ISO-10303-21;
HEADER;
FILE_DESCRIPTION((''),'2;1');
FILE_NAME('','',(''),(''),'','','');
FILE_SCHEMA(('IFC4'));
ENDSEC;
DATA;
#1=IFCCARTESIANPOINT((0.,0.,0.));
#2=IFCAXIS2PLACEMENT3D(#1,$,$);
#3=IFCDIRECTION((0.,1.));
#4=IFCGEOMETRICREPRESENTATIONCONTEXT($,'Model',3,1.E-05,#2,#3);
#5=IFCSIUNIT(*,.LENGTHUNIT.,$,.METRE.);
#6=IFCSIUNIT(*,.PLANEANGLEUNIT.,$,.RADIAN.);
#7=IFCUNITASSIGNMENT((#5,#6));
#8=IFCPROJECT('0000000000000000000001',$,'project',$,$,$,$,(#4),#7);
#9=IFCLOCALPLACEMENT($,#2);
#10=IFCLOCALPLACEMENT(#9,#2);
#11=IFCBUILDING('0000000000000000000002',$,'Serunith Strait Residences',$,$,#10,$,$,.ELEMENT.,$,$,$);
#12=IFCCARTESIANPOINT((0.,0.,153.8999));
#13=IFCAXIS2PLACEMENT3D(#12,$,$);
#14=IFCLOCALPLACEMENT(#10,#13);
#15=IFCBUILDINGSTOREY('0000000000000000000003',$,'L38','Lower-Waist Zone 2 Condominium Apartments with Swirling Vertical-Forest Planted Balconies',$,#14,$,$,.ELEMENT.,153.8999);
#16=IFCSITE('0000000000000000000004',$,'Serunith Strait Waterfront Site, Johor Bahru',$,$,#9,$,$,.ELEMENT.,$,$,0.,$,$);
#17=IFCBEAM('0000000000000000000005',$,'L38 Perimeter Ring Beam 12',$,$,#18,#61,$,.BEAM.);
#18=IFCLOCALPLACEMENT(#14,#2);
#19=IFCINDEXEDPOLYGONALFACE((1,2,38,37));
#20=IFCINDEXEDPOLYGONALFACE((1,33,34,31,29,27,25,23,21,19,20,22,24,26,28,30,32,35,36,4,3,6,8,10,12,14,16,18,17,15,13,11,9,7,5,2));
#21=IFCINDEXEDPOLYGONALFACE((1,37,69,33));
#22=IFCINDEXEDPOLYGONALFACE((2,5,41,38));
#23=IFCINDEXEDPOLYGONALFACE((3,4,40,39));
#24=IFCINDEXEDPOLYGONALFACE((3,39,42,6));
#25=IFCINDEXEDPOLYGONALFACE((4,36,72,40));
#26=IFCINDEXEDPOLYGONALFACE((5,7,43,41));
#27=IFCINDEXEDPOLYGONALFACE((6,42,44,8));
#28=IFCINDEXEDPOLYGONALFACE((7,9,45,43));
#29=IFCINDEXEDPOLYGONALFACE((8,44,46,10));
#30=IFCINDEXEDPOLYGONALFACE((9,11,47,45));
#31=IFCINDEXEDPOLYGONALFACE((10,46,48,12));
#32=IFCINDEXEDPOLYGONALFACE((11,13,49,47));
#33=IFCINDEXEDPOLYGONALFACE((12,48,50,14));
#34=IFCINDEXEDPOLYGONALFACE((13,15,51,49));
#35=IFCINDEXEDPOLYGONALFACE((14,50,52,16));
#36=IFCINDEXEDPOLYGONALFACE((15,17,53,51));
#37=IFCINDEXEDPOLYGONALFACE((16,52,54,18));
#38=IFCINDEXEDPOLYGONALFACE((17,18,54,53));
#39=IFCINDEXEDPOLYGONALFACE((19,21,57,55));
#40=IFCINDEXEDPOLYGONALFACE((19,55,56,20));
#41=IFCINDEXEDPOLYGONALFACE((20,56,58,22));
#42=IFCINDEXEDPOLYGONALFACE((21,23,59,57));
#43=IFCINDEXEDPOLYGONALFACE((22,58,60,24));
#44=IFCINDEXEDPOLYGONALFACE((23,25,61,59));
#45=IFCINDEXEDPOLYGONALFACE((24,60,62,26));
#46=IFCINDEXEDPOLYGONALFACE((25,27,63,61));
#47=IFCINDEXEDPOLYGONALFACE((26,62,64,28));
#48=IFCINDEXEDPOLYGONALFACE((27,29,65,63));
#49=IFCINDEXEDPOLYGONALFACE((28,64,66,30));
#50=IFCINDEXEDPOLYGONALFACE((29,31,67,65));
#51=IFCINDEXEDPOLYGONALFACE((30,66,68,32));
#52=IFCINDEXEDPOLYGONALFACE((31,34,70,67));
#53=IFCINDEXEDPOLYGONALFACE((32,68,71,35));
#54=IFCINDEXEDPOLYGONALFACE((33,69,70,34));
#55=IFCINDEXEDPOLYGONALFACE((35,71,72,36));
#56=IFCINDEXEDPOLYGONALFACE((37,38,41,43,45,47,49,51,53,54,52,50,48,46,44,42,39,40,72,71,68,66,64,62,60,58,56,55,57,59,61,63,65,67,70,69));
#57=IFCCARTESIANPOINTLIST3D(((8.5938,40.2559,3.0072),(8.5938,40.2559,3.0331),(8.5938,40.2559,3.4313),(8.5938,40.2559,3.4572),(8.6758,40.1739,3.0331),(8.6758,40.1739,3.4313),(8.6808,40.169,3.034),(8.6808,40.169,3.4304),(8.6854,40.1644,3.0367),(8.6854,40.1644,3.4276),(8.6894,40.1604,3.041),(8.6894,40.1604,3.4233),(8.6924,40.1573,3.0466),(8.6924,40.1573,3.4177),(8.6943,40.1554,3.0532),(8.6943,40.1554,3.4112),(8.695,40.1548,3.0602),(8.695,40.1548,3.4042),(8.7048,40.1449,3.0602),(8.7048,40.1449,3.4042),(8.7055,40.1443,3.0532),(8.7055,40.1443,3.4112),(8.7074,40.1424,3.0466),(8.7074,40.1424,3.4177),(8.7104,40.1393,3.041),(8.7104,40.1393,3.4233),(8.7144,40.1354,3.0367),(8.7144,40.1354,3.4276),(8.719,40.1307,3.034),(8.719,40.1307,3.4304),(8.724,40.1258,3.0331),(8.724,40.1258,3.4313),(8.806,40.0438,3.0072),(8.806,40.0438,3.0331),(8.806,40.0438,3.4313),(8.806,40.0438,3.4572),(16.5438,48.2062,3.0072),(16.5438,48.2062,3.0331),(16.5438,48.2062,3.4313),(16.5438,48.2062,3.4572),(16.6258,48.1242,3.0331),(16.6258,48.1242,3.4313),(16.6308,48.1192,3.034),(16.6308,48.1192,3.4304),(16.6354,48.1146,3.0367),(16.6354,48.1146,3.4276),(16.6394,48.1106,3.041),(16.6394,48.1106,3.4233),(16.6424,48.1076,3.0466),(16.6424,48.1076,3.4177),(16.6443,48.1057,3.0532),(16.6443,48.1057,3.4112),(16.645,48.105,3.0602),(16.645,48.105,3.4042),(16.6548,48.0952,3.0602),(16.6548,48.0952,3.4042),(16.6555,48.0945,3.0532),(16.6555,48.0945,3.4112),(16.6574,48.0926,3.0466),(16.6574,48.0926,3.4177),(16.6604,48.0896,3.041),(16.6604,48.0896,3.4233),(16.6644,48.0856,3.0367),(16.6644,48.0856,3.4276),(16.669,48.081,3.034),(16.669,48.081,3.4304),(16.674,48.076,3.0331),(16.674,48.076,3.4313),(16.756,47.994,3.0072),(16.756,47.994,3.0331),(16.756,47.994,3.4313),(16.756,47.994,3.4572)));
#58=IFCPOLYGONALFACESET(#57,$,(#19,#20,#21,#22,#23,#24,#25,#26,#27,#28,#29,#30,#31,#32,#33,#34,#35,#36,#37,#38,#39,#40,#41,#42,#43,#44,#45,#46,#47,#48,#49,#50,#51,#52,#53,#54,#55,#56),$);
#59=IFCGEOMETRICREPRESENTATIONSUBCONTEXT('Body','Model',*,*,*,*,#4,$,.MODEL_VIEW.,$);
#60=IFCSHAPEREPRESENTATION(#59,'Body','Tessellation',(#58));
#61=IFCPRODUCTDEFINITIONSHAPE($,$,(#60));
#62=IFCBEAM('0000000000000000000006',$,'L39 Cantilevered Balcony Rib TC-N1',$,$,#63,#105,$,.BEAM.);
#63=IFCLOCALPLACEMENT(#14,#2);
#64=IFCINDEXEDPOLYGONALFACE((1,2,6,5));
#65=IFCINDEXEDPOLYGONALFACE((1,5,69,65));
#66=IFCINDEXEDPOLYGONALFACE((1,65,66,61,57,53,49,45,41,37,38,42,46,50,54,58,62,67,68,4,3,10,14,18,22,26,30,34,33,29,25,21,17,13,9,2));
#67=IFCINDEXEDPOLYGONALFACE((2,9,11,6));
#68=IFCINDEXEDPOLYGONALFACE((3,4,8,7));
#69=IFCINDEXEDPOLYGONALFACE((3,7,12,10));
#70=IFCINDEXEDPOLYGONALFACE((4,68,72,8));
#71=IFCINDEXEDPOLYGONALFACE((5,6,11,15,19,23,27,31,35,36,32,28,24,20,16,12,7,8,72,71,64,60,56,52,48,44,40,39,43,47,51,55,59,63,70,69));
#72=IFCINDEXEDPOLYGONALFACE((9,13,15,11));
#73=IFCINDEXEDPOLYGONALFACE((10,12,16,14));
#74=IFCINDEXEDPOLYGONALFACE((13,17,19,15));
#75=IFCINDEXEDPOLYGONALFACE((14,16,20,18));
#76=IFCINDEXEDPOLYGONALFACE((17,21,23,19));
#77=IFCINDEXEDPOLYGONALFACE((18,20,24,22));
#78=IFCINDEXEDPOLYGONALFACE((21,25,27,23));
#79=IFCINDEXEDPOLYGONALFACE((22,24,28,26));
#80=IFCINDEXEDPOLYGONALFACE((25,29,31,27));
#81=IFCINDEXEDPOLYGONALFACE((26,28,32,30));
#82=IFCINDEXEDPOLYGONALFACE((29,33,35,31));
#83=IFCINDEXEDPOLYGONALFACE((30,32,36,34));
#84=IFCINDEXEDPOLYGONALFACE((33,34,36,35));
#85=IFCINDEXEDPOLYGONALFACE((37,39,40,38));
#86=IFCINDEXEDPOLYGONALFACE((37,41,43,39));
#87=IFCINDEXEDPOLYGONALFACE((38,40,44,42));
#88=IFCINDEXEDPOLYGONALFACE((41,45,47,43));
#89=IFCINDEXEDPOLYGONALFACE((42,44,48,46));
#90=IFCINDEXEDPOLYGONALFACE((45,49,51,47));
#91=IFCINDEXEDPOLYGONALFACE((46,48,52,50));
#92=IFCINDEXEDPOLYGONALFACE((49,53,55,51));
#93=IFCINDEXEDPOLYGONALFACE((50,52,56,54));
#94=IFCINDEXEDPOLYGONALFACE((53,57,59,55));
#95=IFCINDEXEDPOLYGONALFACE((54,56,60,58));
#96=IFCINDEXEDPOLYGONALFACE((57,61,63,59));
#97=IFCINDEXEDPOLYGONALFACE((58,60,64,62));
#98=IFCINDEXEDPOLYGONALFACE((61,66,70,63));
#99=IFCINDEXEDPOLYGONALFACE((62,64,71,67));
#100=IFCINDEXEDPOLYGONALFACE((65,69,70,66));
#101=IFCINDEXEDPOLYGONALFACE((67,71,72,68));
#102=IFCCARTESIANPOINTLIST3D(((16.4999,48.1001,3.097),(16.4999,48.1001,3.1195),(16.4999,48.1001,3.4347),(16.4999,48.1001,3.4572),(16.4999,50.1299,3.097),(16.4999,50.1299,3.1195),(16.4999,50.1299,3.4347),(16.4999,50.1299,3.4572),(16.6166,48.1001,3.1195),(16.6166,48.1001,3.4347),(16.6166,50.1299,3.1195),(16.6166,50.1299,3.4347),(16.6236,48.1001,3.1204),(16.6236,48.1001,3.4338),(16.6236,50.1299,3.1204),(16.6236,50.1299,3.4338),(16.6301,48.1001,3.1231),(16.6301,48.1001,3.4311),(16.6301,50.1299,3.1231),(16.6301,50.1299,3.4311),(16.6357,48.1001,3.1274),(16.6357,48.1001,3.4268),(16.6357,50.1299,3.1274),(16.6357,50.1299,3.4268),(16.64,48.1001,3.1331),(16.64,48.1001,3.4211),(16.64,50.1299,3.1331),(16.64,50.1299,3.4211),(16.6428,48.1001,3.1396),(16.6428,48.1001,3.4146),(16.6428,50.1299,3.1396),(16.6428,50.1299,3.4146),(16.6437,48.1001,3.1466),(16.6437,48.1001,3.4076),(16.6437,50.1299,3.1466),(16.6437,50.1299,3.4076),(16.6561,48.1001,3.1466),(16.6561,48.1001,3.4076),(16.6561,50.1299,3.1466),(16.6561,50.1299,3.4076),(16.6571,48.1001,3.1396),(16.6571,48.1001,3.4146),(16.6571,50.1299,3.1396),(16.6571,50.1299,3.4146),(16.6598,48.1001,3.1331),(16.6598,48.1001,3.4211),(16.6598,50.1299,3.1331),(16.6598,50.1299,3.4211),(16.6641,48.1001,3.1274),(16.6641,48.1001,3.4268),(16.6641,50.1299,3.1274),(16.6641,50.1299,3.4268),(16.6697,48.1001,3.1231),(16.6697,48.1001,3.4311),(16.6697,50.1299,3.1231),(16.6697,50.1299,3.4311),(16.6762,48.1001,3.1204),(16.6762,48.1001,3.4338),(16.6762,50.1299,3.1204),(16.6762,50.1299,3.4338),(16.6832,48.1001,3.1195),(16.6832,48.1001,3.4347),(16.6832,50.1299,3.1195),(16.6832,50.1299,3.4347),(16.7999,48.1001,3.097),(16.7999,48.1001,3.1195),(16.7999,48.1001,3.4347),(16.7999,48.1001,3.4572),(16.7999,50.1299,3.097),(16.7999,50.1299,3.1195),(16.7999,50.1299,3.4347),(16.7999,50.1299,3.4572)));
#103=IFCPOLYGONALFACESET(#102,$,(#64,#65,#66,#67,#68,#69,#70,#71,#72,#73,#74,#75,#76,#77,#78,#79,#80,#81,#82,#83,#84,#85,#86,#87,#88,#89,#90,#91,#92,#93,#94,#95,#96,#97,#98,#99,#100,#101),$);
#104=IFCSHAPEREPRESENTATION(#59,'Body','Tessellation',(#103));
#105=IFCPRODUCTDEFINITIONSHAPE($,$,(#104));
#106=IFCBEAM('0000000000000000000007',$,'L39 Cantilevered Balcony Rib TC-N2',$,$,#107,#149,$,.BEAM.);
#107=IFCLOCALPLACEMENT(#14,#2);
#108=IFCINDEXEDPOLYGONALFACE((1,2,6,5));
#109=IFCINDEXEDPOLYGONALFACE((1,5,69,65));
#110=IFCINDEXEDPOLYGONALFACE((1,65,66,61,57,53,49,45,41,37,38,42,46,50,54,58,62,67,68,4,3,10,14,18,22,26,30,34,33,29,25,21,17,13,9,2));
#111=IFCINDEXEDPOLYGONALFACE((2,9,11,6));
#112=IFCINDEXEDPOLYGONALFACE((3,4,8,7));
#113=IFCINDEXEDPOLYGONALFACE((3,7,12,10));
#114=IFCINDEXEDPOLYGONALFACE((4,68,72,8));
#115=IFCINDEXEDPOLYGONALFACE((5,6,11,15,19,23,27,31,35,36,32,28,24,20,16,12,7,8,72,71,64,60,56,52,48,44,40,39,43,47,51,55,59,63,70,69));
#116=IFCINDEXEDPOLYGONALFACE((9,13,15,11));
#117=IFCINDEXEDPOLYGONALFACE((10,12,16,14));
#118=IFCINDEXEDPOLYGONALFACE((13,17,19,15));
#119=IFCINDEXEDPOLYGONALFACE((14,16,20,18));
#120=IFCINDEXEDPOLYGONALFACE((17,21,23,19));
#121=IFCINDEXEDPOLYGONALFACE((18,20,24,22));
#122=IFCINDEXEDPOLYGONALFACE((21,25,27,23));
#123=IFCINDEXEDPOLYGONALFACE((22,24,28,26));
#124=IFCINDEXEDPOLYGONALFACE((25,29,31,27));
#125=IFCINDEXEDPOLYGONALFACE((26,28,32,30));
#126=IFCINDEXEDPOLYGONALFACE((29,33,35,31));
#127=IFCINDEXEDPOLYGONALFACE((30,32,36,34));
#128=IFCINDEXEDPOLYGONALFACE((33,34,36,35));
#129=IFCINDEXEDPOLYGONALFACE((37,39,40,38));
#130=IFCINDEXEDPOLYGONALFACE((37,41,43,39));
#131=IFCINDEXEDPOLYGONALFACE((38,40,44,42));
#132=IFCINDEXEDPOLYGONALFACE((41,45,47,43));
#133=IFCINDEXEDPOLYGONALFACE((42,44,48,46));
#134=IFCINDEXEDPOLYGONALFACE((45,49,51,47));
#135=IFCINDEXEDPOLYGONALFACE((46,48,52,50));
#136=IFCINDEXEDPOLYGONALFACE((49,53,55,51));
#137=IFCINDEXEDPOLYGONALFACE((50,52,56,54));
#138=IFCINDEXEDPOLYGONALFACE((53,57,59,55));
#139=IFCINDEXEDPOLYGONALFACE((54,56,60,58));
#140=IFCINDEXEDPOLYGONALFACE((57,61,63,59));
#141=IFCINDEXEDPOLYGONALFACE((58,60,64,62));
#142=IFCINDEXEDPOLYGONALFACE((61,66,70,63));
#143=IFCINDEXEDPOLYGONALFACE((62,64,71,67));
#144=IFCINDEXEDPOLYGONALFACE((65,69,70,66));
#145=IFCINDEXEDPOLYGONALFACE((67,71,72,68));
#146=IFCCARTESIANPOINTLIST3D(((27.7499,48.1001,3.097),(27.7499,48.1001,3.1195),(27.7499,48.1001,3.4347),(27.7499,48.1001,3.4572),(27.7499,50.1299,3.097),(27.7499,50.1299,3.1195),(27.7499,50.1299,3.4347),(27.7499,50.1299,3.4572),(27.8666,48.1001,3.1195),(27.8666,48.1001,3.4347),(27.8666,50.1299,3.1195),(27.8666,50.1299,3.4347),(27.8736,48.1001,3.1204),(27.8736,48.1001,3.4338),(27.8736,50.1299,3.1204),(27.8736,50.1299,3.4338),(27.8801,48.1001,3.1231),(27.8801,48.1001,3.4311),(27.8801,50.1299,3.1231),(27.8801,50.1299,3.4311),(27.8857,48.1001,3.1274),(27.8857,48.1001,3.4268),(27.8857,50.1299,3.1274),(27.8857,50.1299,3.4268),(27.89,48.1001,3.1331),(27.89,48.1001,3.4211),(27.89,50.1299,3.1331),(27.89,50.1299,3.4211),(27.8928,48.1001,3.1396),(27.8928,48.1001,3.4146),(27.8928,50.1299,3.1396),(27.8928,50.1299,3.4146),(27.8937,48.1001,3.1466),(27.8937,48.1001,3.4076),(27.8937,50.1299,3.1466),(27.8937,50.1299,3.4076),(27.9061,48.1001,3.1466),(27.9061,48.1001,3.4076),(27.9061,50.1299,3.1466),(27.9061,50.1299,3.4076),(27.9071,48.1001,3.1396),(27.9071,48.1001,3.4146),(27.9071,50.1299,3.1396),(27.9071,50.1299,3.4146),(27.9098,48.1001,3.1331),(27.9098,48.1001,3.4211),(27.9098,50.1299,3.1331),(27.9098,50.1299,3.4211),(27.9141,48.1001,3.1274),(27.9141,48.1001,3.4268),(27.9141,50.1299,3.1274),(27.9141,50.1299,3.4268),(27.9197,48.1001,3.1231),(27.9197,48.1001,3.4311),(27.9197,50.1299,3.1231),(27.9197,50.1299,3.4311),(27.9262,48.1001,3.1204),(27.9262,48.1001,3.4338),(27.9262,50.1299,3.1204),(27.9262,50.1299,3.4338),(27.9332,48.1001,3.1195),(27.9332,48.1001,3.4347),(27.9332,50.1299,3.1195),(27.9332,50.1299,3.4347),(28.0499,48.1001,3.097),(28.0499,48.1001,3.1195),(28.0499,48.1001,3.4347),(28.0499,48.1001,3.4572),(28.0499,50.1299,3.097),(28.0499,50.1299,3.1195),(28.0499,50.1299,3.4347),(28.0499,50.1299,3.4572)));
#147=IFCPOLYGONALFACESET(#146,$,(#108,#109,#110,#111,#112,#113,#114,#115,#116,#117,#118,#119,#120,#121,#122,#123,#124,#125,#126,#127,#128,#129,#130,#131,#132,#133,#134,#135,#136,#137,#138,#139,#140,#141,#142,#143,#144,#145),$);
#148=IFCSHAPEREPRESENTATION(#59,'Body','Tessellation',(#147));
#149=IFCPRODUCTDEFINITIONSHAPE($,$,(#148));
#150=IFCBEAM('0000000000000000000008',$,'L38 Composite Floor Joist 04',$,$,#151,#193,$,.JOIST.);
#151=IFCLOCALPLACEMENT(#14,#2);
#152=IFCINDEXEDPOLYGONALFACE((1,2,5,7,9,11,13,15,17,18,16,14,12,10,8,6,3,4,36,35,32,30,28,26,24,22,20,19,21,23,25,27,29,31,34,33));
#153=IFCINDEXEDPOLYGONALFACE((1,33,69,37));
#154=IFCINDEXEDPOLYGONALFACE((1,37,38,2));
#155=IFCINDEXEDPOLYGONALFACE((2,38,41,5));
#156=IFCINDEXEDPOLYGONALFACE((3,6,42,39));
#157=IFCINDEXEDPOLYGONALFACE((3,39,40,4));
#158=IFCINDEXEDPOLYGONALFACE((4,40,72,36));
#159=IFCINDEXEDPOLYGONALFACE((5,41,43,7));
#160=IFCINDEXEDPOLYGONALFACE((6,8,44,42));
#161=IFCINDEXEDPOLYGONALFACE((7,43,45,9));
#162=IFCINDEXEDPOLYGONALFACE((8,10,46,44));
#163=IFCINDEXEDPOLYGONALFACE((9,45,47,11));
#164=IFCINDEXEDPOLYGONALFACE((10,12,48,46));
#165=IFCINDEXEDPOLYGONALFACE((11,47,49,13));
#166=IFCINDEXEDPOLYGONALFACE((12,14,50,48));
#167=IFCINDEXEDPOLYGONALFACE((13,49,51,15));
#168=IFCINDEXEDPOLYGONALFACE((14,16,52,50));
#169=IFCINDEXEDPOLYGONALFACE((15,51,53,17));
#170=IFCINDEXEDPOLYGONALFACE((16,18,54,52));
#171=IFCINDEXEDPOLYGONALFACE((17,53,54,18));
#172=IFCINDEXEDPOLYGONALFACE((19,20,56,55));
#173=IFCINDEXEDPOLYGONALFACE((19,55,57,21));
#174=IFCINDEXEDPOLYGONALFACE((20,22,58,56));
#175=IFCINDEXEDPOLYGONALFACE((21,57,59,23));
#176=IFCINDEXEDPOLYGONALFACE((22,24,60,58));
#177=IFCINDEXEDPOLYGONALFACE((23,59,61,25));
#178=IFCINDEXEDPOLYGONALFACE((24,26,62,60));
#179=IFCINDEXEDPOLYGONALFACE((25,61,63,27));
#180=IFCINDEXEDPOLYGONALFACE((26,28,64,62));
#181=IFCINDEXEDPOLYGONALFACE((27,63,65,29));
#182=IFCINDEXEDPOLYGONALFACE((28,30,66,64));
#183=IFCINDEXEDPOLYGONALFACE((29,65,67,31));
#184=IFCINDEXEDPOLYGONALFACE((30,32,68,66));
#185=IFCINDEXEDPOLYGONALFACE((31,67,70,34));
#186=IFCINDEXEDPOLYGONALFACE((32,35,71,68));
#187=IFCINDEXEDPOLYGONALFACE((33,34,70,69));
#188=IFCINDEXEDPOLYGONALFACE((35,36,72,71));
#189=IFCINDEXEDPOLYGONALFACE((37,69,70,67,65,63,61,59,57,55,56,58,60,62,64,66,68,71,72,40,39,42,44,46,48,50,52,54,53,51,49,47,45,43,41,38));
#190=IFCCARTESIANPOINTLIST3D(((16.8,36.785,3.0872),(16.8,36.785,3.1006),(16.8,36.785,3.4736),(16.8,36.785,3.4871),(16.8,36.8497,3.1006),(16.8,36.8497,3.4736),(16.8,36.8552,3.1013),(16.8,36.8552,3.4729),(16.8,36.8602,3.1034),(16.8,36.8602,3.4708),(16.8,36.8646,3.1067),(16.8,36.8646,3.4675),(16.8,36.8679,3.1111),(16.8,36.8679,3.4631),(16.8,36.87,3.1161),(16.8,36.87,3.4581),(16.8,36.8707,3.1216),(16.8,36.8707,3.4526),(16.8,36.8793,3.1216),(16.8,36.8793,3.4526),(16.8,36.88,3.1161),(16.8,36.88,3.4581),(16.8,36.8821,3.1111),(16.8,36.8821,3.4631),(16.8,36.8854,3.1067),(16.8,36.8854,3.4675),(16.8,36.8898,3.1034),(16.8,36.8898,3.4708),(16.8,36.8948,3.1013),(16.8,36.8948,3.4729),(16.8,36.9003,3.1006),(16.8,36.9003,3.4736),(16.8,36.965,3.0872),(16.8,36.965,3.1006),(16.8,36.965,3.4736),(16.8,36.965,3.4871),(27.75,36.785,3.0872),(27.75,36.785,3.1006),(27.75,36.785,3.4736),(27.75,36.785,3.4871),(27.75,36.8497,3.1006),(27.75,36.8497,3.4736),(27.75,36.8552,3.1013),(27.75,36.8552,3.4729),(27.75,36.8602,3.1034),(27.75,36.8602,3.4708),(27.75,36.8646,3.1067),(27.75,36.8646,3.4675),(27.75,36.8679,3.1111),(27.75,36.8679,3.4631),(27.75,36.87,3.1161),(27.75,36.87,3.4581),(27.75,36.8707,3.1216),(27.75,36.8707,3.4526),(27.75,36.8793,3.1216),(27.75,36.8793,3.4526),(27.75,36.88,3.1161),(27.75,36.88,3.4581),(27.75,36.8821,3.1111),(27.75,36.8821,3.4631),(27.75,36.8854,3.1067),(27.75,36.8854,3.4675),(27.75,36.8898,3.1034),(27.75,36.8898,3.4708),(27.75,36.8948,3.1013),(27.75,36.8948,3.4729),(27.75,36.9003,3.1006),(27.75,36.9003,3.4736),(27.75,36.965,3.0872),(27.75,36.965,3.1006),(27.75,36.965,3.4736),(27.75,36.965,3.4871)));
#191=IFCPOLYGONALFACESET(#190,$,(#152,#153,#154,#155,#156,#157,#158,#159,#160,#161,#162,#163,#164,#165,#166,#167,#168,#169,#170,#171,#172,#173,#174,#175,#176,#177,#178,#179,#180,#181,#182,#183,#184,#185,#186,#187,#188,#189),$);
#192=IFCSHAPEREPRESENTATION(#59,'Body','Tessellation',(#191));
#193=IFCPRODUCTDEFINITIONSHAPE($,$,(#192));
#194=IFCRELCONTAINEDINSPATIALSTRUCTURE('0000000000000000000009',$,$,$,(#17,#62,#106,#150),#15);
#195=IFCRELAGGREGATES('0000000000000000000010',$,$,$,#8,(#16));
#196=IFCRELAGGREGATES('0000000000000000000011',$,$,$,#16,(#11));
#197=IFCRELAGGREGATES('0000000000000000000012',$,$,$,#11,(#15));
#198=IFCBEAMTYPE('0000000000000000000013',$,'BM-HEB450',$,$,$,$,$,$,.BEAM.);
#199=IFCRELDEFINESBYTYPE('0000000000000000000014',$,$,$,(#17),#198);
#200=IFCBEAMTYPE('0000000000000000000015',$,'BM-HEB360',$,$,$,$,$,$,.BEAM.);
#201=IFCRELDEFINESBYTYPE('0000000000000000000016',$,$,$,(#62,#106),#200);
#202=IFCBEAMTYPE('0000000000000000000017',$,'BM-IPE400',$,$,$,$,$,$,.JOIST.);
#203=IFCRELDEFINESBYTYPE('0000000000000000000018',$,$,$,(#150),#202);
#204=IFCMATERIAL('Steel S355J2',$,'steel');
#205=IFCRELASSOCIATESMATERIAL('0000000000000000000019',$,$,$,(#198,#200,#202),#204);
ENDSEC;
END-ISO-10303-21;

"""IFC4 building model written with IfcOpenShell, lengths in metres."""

from ifc_helpers import new_model, si_unit, direction, frame, origin, origin_2d, place, context, subcontext, project, spatial, i_section, extrude, source, transform, mapped, material, material_profile, profile_set, type_object, element, save


model = new_model("IFC4")

# Units and contexts
model_context = context("Model", 3, precision=1e-05, world=origin(), true_north=direction((0.0, 1.0)))
body_context = subcontext(model_context, "Body", "Model", "MODEL_VIEW")
ifc_project = project(units=[si_unit("LENGTHUNIT", "METRE"), si_unit("PLANEANGLEUNIT", "RADIAN")], contexts=[model_context])

# Site, building, storey
site_placement = place(None, origin())
site = spatial("IfcSite", under=ifc_project, at=site_placement, Name="Serunith Strait Waterfront Site, Johor Bahru", CompositionType="ELEMENT", RefElevation=0.0)
building_placement = place(site_placement, origin())
building = spatial("IfcBuilding", under=site, at=building_placement, Name="Serunith Strait Residences", CompositionType="ELEMENT")
storey_placement = place(building_placement, frame((0.0, 0.0, 153.8999)))
storey = spatial("IfcBuildingStorey", under=building, at=storey_placement, Name="L38", Description="Lower-Waist Zone 2 Condominium Apartments with Swirling Vertical-Forest Planted Balconies", CompositionType="ELEMENT", Elevation=153.8999)

# Beams
ifc_material_1 = material(Name="Steel S355J2", Category="steel")
ifc_material_profile_1 = material_profile(ifc_material_1, i_section(OverallWidth=0.3, OverallDepth=0.45, WebThickness=0.0139, FlangeThickness=0.0259, FilletRadius=0.0271, at=origin_2d()), Name="HEB 450")
ifc_profile_set_1 = profile_set([ifc_material_profile_1], Name="Steel S355J2")
beam_type_1 = type_object("IfcBeamType", Name="BM-HEB450", PredefinedType="BEAM", material=ifc_profile_set_1)
shared_shape_1 = source(origin(), body_context, "Body", "SweptSolid", [
    extrude(i_section(OverallWidth=0.3, OverallDepth=0.45, WebThickness=0.0139, FlangeThickness=0.0259, FilletRadius=0.0271, at=origin_2d()), origin(), (0.0, 0.0, 1.0), 11.2432),
])
beam_1_placement = place(storey_placement, frame((16.6499, 48.1001, 3.2322), z_axis=(-0.707096, -0.707118, 0.0), x_axis=(0.707118, -0.707096, 0.0)))
element("IfcBeam", 1, at=beam_1_placement, inside=storey, type_object=beam_type_1, Name="L38 Perimeter Ring Beam 12", PredefinedType="BEAM", context=body_context, shape_type="MappedRepresentation", body=[
    mapped(shared_shape_1, transform((0.0, 0.0, 0.0), scale=1.0)),
])
ifc_material_profile_2 = material_profile(ifc_material_1, i_section(OverallWidth=0.3, OverallDepth=0.3601, WebThickness=0.0125, FlangeThickness=0.0225, FilletRadius=0.0271, at=origin_2d()), Name="HEB 360")
ifc_profile_set_2 = profile_set([ifc_material_profile_2], Name="Steel S355J2")
beam_type_2 = type_object("IfcBeamType", Name="BM-HEB360", PredefinedType="BEAM", material=ifc_profile_set_2)
shared_shape_2 = source(origin(), body_context, "Body", "SweptSolid", [
    extrude(i_section(OverallWidth=0.3, OverallDepth=0.3601, WebThickness=0.0125, FlangeThickness=0.0225, FilletRadius=0.0271, at=origin_2d()), origin(), (0.0, 0.0, 1.0), 2.0298),
])
for number, where, z_axis, x_axis, name in (
    (2, (16.6499, 48.1001, 3.2771), (0.0, 1.0, 0.0), (-1.0, 0.0, 0.0), "L39 Cantilevered Balcony Rib TC-N1"),
    (3, (27.8999, 48.1001, 3.2771), (0.0, 1.0, 0.0), (-1.0, 0.0, 0.0), "L39 Cantilevered Balcony Rib TC-N2"),
):
    element("IfcBeam", number, at=place(storey_placement, frame(where, z_axis=z_axis, x_axis=x_axis)), inside=storey, type_object=beam_type_2, Name=name, PredefinedType="BEAM", context=body_context, shape_type="MappedRepresentation", body=[
        mapped(shared_shape_2, transform((0.0, 0.0, 0.0), scale=1.0)),
    ])
ifc_material_profile_3 = material_profile(ifc_material_1, i_section(OverallWidth=0.1799, OverallDepth=0.3999, WebThickness=0.0085, FlangeThickness=0.0134, FilletRadius=0.021, at=origin_2d()), Name="IPE 400")
ifc_profile_set_3 = profile_set([ifc_material_profile_3], Name="Steel S355J2")
beam_type_3 = type_object("IfcBeamType", Name="BM-IPE400", PredefinedType="JOIST", material=ifc_profile_set_3)
shared_shape_3 = source(origin(), body_context, "Body", "SweptSolid", [
    extrude(i_section(OverallWidth=0.1799, OverallDepth=0.3999, WebThickness=0.0085, FlangeThickness=0.0134, FilletRadius=0.021, at=origin_2d()), origin(), (0.0, 0.0, 1.0), 10.95),
])
beam_2_placement = place(storey_placement, frame((16.8, 36.875, 3.2871), z_axis=(1.0, 0.0, 0.0), x_axis=(0.0, 1.0, 0.0)))
element("IfcBeam", 4, at=beam_2_placement, inside=storey, type_object=beam_type_3, Name="L38 Composite Floor Joist 04", PredefinedType="JOIST", context=body_context, shape_type="MappedRepresentation", body=[
    mapped(shared_shape_3, transform((0.0, 0.0, 0.0), scale=1.0)),
])

save(model, "model.ifc")
